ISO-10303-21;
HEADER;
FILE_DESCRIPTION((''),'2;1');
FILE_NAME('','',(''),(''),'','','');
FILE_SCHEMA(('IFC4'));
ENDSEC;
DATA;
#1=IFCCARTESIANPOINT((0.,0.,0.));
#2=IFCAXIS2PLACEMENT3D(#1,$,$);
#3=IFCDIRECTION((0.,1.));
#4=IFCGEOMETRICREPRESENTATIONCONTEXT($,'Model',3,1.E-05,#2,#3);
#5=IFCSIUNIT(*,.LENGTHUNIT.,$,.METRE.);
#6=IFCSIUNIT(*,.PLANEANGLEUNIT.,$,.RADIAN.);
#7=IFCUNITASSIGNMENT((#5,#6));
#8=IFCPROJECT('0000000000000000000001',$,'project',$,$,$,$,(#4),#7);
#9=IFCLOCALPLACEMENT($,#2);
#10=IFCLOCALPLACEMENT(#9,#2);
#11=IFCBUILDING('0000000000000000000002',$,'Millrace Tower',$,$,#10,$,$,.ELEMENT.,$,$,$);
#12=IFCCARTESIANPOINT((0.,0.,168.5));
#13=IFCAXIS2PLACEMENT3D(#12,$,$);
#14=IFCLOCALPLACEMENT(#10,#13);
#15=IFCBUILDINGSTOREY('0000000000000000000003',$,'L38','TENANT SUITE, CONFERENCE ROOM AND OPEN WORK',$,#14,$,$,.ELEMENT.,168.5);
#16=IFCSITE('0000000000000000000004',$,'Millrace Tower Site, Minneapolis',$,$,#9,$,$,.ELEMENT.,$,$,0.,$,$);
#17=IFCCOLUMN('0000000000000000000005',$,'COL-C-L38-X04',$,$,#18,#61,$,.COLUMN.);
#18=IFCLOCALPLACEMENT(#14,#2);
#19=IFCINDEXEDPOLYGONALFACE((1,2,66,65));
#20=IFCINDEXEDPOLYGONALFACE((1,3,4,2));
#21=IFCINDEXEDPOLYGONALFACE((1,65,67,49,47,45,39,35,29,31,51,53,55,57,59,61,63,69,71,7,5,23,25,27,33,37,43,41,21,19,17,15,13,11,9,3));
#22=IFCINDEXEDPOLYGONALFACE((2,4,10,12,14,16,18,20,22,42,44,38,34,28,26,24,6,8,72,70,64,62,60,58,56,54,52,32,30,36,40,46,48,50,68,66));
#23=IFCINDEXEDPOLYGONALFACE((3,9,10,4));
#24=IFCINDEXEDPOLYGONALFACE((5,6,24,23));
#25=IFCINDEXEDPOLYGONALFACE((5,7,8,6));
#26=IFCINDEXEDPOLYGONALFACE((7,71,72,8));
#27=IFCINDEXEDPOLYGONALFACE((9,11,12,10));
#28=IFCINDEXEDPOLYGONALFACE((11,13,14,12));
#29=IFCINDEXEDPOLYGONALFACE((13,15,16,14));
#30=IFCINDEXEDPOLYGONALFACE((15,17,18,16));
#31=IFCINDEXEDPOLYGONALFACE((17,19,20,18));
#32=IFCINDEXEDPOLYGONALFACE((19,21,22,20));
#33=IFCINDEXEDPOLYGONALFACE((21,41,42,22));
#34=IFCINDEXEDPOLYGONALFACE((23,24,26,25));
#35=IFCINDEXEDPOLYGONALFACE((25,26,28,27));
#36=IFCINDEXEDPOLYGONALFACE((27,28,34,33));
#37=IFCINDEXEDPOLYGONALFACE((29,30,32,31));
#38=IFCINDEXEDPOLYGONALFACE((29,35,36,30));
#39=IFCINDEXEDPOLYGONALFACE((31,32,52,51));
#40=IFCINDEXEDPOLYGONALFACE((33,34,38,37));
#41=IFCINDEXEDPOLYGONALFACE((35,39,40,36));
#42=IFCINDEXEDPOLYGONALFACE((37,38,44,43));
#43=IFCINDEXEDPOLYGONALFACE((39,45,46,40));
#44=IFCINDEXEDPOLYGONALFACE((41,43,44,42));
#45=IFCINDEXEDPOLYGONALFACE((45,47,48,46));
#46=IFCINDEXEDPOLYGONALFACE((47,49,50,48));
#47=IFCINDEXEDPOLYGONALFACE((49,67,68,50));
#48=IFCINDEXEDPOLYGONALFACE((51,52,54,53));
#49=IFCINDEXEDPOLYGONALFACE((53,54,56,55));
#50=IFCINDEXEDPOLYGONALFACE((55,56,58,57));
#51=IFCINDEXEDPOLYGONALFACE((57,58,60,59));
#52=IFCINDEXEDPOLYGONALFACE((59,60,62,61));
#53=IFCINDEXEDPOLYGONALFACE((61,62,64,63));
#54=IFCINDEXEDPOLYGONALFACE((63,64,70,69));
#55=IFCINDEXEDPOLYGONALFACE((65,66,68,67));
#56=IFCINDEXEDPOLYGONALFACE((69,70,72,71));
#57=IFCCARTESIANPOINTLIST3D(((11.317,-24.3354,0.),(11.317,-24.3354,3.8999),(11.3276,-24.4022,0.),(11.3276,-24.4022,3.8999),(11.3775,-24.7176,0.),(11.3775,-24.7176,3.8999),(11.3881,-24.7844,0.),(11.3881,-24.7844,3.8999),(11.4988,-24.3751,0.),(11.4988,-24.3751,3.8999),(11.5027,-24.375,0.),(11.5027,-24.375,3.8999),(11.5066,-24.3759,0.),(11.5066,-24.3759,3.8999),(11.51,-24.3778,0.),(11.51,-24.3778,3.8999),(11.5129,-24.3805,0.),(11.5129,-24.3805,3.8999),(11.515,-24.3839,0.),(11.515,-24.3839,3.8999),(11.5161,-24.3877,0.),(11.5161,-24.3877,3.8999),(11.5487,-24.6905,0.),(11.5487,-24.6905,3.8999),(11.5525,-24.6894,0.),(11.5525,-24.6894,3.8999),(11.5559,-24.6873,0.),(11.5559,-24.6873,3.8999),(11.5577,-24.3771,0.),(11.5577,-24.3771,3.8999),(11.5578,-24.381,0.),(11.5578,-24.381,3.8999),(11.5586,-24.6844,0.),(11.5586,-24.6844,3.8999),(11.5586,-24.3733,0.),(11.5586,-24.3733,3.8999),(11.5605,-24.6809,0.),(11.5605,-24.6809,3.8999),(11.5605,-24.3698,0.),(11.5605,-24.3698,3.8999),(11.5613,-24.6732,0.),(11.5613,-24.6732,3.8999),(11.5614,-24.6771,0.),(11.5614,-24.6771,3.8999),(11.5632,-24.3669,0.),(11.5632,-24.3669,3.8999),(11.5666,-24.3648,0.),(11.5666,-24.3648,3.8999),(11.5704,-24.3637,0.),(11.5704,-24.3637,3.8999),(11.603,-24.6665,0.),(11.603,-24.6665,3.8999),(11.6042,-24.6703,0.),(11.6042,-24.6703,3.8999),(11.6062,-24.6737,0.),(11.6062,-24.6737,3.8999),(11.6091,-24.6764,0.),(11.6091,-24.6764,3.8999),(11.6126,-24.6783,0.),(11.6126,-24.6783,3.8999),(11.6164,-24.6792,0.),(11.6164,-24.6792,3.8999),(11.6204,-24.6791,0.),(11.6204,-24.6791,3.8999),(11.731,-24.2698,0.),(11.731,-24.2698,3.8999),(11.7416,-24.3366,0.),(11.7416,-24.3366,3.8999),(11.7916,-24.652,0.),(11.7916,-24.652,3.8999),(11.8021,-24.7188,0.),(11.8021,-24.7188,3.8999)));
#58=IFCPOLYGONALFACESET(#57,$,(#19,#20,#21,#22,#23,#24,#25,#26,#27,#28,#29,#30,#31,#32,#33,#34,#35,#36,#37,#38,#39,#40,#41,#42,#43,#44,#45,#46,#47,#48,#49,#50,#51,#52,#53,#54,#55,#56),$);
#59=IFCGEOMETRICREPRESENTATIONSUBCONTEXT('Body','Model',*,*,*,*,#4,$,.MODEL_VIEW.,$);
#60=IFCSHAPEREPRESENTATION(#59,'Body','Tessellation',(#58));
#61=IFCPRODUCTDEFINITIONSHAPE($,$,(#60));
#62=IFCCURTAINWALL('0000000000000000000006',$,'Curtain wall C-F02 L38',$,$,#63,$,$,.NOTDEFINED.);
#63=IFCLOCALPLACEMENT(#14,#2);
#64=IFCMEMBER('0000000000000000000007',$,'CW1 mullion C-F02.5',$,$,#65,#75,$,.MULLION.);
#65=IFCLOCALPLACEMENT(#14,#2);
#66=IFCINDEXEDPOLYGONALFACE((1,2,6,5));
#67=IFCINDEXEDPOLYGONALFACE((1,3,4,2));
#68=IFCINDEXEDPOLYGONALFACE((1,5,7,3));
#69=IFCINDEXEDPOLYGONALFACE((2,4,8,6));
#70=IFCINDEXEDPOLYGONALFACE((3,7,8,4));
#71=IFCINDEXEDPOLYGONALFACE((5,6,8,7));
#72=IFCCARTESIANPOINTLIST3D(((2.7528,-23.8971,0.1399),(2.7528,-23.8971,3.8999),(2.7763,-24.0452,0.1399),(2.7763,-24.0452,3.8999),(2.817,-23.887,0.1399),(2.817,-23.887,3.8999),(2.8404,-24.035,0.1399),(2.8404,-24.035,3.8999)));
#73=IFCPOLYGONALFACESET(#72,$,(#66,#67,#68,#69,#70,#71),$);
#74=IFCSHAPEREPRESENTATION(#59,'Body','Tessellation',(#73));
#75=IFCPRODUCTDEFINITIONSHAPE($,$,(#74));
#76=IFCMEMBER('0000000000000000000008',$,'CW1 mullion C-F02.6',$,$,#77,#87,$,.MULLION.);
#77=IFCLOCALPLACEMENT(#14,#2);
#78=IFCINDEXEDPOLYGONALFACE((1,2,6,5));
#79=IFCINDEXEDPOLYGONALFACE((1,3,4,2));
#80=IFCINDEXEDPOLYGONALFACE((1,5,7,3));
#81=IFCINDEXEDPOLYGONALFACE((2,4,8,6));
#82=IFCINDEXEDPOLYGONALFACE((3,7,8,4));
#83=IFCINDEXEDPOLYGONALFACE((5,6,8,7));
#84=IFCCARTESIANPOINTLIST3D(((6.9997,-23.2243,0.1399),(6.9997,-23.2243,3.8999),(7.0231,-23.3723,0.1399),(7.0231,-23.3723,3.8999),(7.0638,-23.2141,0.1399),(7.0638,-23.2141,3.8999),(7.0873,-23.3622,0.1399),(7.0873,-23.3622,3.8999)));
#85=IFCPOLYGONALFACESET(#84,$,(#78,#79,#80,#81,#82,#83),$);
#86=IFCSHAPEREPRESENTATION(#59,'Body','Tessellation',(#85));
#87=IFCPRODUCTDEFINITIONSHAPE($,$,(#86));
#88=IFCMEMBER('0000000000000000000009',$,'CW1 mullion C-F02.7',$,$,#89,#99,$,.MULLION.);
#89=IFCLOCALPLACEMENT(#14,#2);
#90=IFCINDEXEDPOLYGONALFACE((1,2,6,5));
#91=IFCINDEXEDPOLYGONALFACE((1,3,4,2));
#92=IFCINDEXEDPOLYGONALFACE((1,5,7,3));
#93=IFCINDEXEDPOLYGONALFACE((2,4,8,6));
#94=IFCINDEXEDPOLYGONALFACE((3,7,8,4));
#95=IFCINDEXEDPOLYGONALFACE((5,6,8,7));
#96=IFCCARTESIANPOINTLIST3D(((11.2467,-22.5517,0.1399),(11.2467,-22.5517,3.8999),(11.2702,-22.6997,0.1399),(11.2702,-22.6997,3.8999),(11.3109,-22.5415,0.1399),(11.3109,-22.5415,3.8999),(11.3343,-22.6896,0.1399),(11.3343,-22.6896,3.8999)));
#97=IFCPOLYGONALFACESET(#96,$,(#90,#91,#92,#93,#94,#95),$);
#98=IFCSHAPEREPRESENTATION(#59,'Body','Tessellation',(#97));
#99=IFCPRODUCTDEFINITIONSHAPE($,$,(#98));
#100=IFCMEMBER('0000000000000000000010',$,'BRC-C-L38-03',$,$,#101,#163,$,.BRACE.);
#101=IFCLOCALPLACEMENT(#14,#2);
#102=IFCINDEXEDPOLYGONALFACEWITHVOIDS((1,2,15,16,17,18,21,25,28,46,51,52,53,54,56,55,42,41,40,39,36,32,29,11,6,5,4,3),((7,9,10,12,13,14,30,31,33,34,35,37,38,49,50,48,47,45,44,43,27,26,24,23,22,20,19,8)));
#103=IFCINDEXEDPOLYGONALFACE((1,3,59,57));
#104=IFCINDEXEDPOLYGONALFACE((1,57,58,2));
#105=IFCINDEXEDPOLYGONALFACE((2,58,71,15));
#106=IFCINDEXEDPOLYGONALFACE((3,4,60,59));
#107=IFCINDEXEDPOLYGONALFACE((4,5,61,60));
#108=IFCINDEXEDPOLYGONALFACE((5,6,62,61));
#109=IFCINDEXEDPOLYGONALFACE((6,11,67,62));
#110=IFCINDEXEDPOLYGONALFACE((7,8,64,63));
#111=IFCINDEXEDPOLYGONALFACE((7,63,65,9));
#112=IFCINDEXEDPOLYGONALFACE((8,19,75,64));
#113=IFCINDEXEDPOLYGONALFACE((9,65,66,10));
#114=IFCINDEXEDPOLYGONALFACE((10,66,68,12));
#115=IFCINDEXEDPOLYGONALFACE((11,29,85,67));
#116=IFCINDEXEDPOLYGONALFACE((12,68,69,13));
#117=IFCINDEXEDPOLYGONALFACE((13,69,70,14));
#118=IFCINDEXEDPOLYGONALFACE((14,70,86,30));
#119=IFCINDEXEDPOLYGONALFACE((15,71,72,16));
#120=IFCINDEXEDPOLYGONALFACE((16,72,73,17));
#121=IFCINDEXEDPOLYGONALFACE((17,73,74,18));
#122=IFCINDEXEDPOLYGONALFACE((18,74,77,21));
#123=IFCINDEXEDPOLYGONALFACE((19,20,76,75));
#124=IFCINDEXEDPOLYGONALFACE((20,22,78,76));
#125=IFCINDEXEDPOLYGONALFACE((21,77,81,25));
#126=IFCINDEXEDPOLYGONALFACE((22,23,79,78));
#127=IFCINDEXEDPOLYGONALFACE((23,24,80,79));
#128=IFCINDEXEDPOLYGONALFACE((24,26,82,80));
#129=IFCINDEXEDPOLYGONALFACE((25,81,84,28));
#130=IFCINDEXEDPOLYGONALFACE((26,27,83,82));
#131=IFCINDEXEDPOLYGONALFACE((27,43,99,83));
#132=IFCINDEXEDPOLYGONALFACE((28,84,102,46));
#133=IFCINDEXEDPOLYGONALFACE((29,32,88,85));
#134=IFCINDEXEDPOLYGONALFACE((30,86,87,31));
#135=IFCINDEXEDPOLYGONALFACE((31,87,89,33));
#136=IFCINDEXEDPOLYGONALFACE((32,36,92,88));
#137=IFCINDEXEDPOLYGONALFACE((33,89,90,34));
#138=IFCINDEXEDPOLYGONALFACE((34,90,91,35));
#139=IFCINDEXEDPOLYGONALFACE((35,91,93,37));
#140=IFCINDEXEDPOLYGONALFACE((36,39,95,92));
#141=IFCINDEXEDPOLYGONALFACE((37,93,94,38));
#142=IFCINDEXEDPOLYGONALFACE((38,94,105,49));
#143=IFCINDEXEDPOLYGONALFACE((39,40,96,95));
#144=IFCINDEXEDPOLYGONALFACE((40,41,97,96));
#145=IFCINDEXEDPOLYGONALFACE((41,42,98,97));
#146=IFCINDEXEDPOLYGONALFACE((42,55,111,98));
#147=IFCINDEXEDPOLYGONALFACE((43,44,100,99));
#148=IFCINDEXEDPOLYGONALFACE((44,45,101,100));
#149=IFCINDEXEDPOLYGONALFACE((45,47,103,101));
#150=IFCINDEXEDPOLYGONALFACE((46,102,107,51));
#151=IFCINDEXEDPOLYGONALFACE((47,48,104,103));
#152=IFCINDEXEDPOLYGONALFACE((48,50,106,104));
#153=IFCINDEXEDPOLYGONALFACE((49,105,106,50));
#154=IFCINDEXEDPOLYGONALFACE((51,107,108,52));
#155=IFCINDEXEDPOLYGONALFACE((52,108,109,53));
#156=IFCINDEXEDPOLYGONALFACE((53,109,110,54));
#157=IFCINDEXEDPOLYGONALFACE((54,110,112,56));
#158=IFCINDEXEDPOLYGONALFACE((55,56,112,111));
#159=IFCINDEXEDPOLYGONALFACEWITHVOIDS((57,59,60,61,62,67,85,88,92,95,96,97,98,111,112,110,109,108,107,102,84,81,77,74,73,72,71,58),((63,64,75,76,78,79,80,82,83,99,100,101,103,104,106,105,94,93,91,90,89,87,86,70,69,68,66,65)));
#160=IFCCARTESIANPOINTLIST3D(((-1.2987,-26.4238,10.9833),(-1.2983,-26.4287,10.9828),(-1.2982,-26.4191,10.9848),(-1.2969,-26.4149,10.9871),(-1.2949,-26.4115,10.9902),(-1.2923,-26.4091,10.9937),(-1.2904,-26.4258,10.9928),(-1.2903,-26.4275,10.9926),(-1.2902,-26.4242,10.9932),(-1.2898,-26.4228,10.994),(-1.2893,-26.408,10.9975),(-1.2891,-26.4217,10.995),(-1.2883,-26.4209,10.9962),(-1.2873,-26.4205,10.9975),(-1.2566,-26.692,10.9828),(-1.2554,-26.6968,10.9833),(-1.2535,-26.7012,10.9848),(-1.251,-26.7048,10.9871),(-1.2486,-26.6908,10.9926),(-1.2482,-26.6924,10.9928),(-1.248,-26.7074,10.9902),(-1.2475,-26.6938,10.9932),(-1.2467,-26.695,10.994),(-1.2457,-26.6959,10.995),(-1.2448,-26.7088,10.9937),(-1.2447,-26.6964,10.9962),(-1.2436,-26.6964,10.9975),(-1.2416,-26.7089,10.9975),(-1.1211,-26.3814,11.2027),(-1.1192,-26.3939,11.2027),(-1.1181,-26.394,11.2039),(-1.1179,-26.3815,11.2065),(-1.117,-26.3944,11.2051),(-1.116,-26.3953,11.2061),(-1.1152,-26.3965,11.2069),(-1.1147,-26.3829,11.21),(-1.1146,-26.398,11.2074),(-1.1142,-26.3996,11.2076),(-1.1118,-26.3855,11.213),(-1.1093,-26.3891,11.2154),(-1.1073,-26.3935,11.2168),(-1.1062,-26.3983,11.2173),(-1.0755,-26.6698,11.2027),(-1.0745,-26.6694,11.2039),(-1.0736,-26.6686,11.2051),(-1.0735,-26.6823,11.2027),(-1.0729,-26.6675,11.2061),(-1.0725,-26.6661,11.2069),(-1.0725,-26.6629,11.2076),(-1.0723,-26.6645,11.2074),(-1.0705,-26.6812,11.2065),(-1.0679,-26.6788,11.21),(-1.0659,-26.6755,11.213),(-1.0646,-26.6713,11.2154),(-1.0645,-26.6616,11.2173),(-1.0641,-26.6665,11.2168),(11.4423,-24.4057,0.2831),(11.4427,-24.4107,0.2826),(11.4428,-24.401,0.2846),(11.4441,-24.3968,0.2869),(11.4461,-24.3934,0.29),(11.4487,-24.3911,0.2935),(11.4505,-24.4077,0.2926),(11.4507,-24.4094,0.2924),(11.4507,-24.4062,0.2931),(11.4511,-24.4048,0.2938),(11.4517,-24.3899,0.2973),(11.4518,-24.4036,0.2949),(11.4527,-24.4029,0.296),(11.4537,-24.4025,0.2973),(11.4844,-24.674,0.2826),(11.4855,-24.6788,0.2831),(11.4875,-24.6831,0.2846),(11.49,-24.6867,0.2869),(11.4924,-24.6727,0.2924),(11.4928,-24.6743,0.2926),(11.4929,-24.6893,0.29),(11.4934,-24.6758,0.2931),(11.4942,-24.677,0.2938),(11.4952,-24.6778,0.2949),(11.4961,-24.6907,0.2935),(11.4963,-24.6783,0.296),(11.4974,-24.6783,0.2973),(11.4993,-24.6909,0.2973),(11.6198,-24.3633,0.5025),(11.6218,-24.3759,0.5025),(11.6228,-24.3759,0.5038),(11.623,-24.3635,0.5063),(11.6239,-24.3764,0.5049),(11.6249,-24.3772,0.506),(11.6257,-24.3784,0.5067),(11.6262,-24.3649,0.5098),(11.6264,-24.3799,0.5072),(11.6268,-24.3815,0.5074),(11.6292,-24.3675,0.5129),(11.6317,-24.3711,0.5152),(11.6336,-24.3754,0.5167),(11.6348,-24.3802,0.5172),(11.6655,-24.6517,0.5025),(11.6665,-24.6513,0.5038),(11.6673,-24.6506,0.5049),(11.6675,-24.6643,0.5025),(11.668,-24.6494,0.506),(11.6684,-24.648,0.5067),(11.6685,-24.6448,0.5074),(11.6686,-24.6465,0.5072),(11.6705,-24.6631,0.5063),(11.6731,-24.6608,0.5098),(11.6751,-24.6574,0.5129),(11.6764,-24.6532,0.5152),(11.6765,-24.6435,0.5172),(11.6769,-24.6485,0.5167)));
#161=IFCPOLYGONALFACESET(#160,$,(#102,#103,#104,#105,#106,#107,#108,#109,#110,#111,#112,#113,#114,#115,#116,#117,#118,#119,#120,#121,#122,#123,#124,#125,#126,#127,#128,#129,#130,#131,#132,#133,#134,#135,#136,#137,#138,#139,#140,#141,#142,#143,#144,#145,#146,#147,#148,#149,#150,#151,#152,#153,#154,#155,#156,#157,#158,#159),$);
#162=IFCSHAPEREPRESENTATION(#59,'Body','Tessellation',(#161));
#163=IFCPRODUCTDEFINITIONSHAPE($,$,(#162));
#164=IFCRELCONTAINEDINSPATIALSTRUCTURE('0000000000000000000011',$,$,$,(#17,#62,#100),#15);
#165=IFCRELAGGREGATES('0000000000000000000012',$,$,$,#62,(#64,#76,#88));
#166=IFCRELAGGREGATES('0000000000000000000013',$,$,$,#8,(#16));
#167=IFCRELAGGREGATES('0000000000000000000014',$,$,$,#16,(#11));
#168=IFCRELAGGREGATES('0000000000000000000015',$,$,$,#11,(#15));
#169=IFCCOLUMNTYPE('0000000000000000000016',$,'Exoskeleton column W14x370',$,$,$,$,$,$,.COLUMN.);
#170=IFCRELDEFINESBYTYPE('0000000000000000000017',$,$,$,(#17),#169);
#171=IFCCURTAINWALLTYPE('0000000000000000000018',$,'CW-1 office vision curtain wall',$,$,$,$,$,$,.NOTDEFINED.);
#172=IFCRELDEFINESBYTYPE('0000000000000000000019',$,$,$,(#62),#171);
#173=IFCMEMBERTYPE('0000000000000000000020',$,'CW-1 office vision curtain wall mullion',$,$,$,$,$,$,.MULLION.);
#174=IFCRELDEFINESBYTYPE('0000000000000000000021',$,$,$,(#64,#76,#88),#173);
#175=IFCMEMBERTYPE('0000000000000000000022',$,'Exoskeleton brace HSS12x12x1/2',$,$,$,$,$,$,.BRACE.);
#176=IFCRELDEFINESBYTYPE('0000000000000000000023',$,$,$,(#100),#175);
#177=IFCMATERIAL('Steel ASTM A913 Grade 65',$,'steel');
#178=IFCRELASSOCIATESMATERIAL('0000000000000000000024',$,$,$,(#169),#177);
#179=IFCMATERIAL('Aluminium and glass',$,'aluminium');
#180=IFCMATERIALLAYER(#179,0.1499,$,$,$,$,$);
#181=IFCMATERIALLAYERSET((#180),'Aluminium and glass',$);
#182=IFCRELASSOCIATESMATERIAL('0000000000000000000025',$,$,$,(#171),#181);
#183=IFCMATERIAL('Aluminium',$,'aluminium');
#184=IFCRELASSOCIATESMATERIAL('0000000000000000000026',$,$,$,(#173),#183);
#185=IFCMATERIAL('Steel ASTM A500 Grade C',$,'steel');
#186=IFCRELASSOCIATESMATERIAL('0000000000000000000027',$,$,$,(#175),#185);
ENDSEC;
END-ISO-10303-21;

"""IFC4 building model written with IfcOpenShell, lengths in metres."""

from ifc_helpers import new_model, si_unit, direction, frame, origin, origin_2d, place, context, subcontext, project, spatial, rectangle, hollow_rectangle, i_section, extrude, material, layer, layer_set, material_profile, profile_set, type_object, element, aggregate, save


model = new_model("IFC4")

# Units and contexts
model_context = context("Model", 3, precision=1e-05, world=origin(), true_north=direction((0.0, 1.0)))
body_context = subcontext(model_context, "Body", "Model", "MODEL_VIEW")
ifc_project = project(units=[si_unit("LENGTHUNIT", "METRE"), si_unit("PLANEANGLEUNIT", "RADIAN")], contexts=[model_context])

# Site, building, storey
site_placement = place(None, origin())
site = spatial("IfcSite", under=ifc_project, at=site_placement, Name="Millrace Tower Site, Minneapolis", CompositionType="ELEMENT", RefElevation=0.0)
building_placement = place(site_placement, origin())
building = spatial("IfcBuilding", under=site, at=building_placement, Name="Millrace Tower", CompositionType="ELEMENT")
storey_placement = place(building_placement, frame((0.0, 0.0, 168.5)))
storey = spatial("IfcBuildingStorey", under=building, at=storey_placement, Name="L38", Description="TENANT SUITE, CONFERENCE ROOM AND OPEN WORK", CompositionType="ELEMENT", Elevation=168.5)

# Column
ifc_material_1 = material(Name="Steel ASTM A913 Grade 65", Category="steel")
ifc_material_profile_1 = material_profile(ifc_material_1, i_section(OverallWidth=0.4192, OverallDepth=0.4546, WebThickness=0.0422, FlangeThickness=0.0676, FilletRadius=0.0151, at=origin_2d()))
ifc_profile_set_1 = profile_set([ifc_material_profile_1], Name="Steel ASTM A913 Grade 65")
column_type = type_object("IfcColumnType", Name="Exoskeleton column W14x370", PredefinedType="COLUMN", material=ifc_profile_set_1)
column_placement = place(storey_placement, frame((11.5596, -24.5271, 0.0), z_axis=(0.0, 0.0, 1.0), x_axis=(0.987688, 0.156434, 0.0)))
element("IfcColumn", 1, at=column_placement, inside=storey, type_object=column_type, Name="COL-C-L38-X04", PredefinedType="COLUMN", context=body_context, shape_type="SweptSolid", body=[
    extrude(i_section(OverallWidth=0.4192, OverallDepth=0.4546, WebThickness=0.0422, FlangeThickness=0.0676, FilletRadius=0.0151, at=origin_2d()), origin(), (0.0, 0.0, 1.0), 3.8999),
])

# Curtain wall, members
ifc_material_2 = material(Name="Aluminium and glass", Category="aluminium")
ifc_layer_1 = layer(ifc_material_2, 0.1499)
ifc_layer_set_1 = layer_set([ifc_layer_1], Name="Aluminium and glass")
curtain_wall_type = type_object("IfcCurtainWallType", Name="CW-1 office vision curtain wall", PredefinedType="NOTDEFINED", material=ifc_layer_set_1)
placement = place(storey_placement, origin())
curtain_wall = element("IfcCurtainWall", 2, at=placement, inside=storey, type_object=curtain_wall_type, Name="Curtain wall C-F02 L38", PredefinedType="NOTDEFINED")
ifc_material_3 = material(Name="Aluminium", Category="aluminium")
ifc_material_profile_2 = material_profile(ifc_material_3, rectangle(XDim=0.0649, YDim=0.1499, at=origin_2d()))
ifc_profile_set_2 = profile_set([ifc_material_profile_2], Name="Aluminium")
member_type_1 = type_object("IfcMemberType", Name="CW-1 office vision curtain wall mullion", PredefinedType="MULLION", material=ifc_profile_set_2)
member_1_placement = place(storey_placement, frame((2.7966, -23.9661, 0.1399), z_axis=(0.0, 0.0, 1.0), x_axis=(0.987688, 0.156434, 0.0)))
member_1 = element("IfcMember", 3, at=member_1_placement, type_object=member_type_1, Name="CW1 mullion C-F02.5", PredefinedType="MULLION", context=body_context, shape_type="SweptSolid", body=[
    extrude(rectangle(XDim=0.0649, YDim=0.1499, at=origin_2d()), origin(), (0.0, 0.0, 1.0), 3.76),
])
member_2_placement = place(storey_placement, frame((7.0435, -23.2932, 0.1399), z_axis=(0.0, 0.0, 1.0), x_axis=(0.987688, 0.156434, 0.0)))
member_2 = element("IfcMember", 4, at=member_2_placement, type_object=member_type_1, Name="CW1 mullion C-F02.6", PredefinedType="MULLION", context=body_context, shape_type="SweptSolid", body=[
    extrude(rectangle(XDim=0.0649, YDim=0.1499, at=origin_2d()), origin(), (0.0, 0.0, 1.0), 3.76),
])
member_3_placement = place(storey_placement, frame((11.2905, -22.6206, 0.1399), z_axis=(0.0, 0.0, 1.0), x_axis=(0.987688, 0.156434, 0.0)))
member_3 = element("IfcMember", 5, at=member_3_placement, type_object=member_type_1, Name="CW1 mullion C-F02.7", PredefinedType="MULLION", context=body_context, shape_type="SweptSolid", body=[
    extrude(rectangle(XDim=0.0649, YDim=0.1499, at=origin_2d()), origin(), (0.0, 0.0, 1.0), 3.76),
])
aggregate(curtain_wall, [member_1, member_2, member_3])

# Member
ifc_material_4 = material(Name="Steel ASTM A500 Grade C", Category="steel")
ifc_material_profile_3 = material_profile(ifc_material_4, hollow_rectangle(XDim=0.3047, YDim=0.3047, WallThickness=0.0127, InnerFilletRadius=0.0063, OuterFilletRadius=0.019, at=origin_2d()))
ifc_profile_set_3 = profile_set([ifc_material_profile_3], Name="Steel ASTM A500 Grade C")
member_type_2 = type_object("IfcMemberType", Name="Exoskeleton brace HSS12x12x1/2", PredefinedType="BRACE", material=ifc_profile_set_3)
member_4_placement = place(storey_placement, frame((11.5596, -24.5271, 0.3999), z_axis=(-0.760199, -0.120409, 0.638435), x_axis=(0.156442, -0.987687, 0.0)))
element("IfcMember", 6, at=member_4_placement, inside=storey, type_object=member_type_2, Name="BRC-C-L38-03", PredefinedType="BRACE", context=body_context, shape_type="SweptSolid", body=[
    extrude(hollow_rectangle(XDim=0.3047, YDim=0.3047, WallThickness=0.0127, InnerFilletRadius=0.0063, OuterFilletRadius=0.019, at=origin_2d()), origin(), (0.0, 0.0, 1.0), 16.76),
])

save(model, "model.ifc")
